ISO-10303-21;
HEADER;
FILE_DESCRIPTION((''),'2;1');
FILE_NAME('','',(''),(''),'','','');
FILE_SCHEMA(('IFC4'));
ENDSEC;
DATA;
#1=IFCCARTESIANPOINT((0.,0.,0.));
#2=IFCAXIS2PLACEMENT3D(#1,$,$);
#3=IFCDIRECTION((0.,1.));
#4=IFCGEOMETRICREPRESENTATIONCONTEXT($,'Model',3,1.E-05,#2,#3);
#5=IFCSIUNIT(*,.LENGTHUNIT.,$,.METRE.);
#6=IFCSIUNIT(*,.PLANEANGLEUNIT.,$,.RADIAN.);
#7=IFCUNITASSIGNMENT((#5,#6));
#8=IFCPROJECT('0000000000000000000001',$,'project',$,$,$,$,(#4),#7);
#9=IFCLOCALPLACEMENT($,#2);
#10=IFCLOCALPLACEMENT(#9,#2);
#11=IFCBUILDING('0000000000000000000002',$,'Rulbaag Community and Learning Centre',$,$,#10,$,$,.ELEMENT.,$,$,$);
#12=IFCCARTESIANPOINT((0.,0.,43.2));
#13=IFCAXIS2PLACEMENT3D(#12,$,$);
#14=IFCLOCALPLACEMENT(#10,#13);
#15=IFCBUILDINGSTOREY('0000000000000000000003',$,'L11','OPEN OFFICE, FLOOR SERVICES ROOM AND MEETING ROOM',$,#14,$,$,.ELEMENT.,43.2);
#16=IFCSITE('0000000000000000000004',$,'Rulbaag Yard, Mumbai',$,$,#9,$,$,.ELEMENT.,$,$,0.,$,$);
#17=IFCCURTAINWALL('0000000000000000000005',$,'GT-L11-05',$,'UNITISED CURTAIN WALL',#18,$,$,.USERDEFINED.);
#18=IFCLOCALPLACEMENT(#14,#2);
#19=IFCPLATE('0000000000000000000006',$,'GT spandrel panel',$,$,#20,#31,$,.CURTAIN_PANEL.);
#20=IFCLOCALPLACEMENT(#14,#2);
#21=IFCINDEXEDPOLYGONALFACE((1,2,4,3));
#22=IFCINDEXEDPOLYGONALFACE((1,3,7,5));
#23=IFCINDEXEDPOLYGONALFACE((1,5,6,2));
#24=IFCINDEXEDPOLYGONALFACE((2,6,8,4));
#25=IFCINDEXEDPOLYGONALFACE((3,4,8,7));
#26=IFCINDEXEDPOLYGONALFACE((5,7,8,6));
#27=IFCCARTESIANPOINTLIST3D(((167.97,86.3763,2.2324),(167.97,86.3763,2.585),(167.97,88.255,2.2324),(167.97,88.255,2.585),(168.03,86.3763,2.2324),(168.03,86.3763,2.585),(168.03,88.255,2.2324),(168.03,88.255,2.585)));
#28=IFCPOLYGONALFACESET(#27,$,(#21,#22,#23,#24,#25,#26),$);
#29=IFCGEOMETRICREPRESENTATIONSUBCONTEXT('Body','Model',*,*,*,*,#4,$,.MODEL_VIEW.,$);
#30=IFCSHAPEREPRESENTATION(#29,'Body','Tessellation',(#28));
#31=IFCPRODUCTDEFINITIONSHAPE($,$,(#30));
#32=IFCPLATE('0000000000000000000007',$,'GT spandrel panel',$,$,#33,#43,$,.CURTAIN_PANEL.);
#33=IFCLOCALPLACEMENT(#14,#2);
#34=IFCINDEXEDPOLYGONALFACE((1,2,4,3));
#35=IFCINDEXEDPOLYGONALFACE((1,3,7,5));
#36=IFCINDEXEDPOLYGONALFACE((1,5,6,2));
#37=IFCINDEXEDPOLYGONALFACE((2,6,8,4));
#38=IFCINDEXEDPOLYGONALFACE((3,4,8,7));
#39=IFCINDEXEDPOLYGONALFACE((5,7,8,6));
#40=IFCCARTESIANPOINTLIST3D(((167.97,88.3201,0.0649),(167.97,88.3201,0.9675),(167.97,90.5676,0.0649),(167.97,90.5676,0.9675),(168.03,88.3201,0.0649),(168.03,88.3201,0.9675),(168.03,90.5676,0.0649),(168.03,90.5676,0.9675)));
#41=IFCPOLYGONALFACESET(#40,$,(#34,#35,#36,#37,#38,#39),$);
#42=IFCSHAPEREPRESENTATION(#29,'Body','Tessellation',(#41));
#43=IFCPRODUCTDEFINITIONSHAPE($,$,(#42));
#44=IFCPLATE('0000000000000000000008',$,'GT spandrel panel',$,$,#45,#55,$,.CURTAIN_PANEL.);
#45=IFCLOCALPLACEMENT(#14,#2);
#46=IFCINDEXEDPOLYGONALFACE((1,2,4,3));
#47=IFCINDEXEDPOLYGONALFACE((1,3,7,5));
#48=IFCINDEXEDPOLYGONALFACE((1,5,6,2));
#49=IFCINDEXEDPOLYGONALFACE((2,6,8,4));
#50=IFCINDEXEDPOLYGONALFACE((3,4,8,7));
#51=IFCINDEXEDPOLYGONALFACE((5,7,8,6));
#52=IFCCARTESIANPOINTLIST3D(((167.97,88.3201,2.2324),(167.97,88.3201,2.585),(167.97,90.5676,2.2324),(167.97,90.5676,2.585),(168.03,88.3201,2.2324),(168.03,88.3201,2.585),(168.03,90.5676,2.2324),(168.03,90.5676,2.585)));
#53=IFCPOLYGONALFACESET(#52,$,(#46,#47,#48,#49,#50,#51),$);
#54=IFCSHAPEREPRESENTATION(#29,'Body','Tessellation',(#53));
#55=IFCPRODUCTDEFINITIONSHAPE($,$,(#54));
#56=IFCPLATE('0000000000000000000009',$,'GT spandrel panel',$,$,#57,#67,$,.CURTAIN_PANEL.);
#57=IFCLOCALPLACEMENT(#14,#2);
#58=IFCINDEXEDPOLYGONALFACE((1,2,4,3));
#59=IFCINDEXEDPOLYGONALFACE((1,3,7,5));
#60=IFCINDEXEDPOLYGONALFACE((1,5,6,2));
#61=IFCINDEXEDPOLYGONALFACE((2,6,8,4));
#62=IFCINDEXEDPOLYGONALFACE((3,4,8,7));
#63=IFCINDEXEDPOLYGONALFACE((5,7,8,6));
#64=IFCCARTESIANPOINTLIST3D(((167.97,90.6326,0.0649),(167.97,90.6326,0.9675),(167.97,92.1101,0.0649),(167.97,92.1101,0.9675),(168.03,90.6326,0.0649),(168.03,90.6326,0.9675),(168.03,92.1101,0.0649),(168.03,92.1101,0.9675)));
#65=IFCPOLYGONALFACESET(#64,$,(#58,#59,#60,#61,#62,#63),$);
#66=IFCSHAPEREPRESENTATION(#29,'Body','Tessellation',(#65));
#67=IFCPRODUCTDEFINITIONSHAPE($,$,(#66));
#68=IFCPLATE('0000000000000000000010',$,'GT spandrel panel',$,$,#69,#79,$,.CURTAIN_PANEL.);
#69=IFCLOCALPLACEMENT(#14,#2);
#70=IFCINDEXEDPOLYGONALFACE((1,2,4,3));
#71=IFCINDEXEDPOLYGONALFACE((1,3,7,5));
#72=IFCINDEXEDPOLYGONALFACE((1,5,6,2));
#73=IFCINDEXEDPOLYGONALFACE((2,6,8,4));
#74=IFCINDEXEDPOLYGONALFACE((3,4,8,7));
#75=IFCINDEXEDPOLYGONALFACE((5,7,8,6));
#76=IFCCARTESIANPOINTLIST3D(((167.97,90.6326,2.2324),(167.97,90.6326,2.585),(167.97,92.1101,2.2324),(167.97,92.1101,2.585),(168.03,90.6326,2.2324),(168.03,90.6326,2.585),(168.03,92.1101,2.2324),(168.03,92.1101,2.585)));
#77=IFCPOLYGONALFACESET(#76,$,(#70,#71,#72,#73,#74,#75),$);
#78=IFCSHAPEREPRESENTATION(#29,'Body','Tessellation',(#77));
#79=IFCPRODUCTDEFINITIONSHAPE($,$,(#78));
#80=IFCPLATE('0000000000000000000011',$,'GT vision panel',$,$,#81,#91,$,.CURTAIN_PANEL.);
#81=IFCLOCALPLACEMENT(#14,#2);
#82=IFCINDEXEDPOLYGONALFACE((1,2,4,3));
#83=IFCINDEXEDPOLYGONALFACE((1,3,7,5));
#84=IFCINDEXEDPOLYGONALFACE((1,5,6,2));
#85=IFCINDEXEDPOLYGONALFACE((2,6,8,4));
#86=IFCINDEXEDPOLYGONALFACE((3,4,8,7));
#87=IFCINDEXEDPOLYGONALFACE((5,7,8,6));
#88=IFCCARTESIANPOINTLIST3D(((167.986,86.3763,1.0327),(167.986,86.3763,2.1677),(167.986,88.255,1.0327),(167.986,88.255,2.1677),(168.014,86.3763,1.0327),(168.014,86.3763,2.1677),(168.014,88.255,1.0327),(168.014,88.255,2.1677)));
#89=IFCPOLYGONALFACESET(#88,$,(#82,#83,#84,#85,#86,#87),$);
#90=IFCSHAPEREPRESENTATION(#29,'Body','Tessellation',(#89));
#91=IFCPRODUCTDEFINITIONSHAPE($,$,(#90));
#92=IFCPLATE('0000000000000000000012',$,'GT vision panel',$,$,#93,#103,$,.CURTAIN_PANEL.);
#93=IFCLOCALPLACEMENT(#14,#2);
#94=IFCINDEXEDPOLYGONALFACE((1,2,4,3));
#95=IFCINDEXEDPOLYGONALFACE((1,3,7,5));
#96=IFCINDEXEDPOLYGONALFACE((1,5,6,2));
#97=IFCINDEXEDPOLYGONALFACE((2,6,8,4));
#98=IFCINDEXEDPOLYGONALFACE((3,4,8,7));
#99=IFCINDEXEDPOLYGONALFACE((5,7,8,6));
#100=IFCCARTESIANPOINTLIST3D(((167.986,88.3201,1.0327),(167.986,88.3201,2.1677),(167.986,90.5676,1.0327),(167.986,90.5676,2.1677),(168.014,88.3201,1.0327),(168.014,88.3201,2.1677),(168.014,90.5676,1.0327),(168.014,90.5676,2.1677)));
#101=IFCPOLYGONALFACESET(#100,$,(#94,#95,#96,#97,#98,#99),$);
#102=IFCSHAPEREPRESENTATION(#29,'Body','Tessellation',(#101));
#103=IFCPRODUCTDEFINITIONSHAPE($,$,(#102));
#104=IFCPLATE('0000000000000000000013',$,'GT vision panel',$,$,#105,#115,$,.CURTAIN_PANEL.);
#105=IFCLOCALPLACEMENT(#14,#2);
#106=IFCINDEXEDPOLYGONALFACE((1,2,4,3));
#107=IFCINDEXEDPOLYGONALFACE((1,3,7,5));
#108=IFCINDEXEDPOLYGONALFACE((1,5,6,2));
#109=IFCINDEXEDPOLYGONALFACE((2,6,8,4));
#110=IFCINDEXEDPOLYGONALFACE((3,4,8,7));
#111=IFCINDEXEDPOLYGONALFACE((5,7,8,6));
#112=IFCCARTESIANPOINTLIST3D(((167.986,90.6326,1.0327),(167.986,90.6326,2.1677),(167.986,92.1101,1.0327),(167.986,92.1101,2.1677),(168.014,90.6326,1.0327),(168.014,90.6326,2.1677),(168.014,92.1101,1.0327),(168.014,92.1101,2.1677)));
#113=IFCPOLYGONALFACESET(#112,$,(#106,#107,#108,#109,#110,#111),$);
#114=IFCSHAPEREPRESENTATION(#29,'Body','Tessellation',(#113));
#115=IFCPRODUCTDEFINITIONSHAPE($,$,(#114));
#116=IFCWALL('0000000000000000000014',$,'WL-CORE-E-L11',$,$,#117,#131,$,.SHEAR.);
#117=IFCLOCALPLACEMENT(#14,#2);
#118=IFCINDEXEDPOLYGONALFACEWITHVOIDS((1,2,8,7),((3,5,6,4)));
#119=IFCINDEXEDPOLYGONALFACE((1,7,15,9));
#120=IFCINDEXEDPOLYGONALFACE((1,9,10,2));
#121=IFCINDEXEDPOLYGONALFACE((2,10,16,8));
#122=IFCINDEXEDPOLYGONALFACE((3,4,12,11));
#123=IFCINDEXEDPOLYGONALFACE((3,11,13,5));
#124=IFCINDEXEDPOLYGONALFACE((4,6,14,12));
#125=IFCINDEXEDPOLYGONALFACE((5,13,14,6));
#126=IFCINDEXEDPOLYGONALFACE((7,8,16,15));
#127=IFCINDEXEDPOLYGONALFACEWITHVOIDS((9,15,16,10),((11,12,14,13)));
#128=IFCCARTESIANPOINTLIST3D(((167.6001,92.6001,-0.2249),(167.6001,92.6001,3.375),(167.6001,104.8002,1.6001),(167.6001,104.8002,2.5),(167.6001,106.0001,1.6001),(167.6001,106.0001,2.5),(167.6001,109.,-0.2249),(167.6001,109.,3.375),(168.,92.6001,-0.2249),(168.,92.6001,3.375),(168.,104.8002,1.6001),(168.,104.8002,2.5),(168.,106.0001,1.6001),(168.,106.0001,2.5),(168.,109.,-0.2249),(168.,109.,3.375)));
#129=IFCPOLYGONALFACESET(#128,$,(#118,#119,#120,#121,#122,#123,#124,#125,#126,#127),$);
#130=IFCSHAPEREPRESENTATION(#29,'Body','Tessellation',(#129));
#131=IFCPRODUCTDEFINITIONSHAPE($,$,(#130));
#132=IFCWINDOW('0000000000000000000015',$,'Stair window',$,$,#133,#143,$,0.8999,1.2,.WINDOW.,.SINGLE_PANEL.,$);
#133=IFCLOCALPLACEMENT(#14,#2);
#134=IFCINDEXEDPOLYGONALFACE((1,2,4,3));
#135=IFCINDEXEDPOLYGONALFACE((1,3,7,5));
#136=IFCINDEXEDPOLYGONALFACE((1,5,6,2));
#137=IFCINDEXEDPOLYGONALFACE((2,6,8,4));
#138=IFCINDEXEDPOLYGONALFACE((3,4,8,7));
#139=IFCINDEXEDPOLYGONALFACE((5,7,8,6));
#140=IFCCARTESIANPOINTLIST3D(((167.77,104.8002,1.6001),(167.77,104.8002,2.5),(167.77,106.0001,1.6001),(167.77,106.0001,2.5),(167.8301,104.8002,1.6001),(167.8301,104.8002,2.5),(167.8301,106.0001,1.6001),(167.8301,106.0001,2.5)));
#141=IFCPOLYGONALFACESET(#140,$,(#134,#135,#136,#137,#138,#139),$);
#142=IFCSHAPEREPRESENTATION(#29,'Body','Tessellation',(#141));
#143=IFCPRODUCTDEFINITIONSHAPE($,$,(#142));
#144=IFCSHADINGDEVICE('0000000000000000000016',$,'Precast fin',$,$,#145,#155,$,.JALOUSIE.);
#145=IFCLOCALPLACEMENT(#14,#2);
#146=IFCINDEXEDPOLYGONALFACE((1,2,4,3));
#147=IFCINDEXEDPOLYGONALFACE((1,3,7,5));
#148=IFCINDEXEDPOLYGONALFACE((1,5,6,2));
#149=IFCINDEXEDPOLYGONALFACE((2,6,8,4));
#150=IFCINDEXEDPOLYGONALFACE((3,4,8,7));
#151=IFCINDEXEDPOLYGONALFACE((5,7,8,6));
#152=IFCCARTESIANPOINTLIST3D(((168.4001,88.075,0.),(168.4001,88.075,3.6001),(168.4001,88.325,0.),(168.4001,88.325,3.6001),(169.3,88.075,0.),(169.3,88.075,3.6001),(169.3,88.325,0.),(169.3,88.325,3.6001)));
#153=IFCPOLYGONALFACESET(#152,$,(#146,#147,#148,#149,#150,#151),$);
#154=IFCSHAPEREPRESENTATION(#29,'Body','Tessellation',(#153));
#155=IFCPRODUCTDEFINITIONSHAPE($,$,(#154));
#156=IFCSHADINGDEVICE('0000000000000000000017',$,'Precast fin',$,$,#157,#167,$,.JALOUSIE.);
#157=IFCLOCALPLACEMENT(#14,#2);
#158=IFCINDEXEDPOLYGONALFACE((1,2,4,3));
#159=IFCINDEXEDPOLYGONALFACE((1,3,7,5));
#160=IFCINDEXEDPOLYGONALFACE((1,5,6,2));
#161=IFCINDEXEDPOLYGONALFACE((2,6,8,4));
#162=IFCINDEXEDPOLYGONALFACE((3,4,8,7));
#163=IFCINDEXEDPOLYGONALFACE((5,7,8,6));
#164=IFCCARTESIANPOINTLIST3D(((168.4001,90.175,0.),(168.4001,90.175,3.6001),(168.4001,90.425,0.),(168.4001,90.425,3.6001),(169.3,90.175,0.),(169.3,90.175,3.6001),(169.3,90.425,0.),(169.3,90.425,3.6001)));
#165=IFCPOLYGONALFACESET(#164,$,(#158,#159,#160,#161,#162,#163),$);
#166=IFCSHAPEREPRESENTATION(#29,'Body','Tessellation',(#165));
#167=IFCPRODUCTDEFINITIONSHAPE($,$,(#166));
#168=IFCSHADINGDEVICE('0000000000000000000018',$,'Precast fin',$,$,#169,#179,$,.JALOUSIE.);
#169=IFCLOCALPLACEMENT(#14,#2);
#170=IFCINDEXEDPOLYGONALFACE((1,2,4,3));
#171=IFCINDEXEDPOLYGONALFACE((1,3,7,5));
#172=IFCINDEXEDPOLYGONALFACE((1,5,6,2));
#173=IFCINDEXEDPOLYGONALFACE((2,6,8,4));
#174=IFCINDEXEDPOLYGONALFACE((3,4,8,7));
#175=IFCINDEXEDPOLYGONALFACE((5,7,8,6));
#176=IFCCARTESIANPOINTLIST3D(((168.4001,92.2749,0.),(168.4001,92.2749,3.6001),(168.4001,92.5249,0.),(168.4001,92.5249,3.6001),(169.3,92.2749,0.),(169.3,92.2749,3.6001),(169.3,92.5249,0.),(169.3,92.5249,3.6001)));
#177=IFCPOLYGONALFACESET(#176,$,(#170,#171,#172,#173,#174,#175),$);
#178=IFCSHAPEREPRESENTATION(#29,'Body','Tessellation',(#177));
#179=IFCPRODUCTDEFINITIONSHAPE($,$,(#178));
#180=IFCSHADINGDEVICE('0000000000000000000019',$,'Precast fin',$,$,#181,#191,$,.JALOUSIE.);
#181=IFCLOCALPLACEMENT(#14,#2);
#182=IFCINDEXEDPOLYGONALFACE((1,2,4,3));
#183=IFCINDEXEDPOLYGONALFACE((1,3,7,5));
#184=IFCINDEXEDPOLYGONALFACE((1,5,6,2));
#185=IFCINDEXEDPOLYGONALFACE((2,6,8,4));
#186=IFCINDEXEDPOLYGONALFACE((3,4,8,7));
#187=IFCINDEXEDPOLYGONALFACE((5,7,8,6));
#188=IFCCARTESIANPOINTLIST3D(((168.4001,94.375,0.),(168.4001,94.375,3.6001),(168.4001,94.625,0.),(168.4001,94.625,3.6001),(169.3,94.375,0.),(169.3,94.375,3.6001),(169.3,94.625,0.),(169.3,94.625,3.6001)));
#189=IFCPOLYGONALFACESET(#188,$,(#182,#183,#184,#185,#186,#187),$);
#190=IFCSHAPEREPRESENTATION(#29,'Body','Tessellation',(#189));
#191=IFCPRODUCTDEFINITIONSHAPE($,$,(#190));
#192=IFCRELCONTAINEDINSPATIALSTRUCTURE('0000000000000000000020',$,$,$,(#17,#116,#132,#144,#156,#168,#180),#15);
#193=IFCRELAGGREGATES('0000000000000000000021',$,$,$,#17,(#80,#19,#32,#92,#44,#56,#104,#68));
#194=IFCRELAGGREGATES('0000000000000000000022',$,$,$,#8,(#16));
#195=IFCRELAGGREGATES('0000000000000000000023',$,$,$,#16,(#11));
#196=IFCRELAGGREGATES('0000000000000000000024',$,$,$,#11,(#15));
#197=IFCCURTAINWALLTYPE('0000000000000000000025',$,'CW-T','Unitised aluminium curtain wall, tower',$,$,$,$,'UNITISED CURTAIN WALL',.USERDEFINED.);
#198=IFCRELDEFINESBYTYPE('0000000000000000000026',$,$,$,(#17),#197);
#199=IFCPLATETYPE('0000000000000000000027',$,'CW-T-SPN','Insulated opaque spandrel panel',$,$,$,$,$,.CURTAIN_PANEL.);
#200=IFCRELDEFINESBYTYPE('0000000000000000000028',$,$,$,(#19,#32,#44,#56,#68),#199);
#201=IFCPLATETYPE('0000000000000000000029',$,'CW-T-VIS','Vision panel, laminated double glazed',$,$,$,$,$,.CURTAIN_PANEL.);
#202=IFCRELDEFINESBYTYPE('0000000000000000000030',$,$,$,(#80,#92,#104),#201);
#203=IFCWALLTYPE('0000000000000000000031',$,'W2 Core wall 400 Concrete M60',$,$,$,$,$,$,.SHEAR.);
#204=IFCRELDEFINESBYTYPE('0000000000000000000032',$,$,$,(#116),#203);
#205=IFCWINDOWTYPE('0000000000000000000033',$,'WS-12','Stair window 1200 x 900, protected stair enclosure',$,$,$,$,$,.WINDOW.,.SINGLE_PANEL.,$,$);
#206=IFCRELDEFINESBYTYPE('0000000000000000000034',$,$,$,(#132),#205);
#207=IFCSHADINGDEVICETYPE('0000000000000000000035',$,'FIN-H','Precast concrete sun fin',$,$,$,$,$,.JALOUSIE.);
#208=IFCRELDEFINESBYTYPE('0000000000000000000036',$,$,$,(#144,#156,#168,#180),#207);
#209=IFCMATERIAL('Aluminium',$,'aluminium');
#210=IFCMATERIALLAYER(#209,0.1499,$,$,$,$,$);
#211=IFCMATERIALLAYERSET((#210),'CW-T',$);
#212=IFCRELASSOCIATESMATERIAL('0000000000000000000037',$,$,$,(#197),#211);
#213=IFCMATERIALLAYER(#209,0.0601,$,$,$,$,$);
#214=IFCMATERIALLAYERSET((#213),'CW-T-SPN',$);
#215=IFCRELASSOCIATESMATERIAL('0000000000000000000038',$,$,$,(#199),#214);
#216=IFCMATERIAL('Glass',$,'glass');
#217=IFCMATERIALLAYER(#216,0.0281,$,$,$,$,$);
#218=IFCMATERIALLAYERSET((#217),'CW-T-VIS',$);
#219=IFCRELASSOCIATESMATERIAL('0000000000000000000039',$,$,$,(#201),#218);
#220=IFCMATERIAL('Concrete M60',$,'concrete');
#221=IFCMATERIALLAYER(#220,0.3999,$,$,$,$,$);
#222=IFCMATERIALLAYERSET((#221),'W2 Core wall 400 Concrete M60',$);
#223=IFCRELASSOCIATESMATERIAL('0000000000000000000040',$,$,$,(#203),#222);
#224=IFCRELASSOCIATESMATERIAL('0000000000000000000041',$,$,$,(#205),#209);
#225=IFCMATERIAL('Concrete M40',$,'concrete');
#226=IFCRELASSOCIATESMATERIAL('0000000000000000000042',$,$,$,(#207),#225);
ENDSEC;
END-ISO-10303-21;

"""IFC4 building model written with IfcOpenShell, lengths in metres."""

from ifc_helpers import new_model, si_unit, direction, frame, frame_2d, origin, origin_2d, place, context, subcontext, project, spatial, rectangle, extrude, material, layer, layer_set, material_profile, profile_set, type_object, element, fill, aggregate, save


model = new_model("IFC4")

# Units and contexts
model_context = context("Model", 3, precision=1e-05, world=origin(), true_north=direction((0.0, 1.0)))
body_context = subcontext(model_context, "Body", "Model", "MODEL_VIEW")
ifc_project = project(units=[si_unit("LENGTHUNIT", "METRE"), si_unit("PLANEANGLEUNIT", "RADIAN")], contexts=[model_context])

# Site, building, storey
site_placement = place(None, origin())
site = spatial("IfcSite", under=ifc_project, at=site_placement, Name="Rulbaag Yard, Mumbai", CompositionType="ELEMENT", RefElevation=0.0)
building_placement = place(site_placement, origin())
building = spatial("IfcBuilding", under=site, at=building_placement, Name="Rulbaag Community and Learning Centre", CompositionType="ELEMENT")
storey_placement = place(building_placement, frame((0.0, 0.0, 43.2)))
storey = spatial("IfcBuildingStorey", under=building, at=storey_placement, Name="L11", Description="OPEN OFFICE, FLOOR SERVICES ROOM AND MEETING ROOM", CompositionType="ELEMENT", Elevation=43.2)

# Curtain wall, plates
ifc_material_1 = material(Name="Aluminium", Category="aluminium")
ifc_layer_1 = layer(ifc_material_1, 0.1499)
ifc_layer_set_1 = layer_set([ifc_layer_1], Name="CW-T")
curtain_wall_type = type_object("IfcCurtainWallType", Name="CW-T", Description="Unitised aluminium curtain wall, tower", ElementType="UNITISED CURTAIN WALL", PredefinedType="USERDEFINED", material=ifc_layer_set_1)
curtain_wall_placement = place(storey_placement, origin())
curtain_wall = element("IfcCurtainWall", 1, at=curtain_wall_placement, inside=storey, type_object=curtain_wall_type, Name="GT-L11-05", ObjectType="UNITISED CURTAIN WALL", PredefinedType="USERDEFINED")
ifc_layer_2 = layer(ifc_material_1, 0.0601)
ifc_layer_set_2 = layer_set([ifc_layer_2], Name="CW-T-SPN")
plate_type_1 = type_object("IfcPlateType", Name="CW-T-SPN", Description="Insulated opaque spandrel panel", PredefinedType="CURTAIN_PANEL", material=ifc_layer_set_2)
plate_1_placement = place(storey_placement, frame((168.0, 87.3157, 2.2324), z_axis=(0.0, 0.0, 1.0), x_axis=(0.0, 1.0, 0.0)))
plate_1 = element("IfcPlate", 2, at=plate_1_placement, type_object=plate_type_1, Name="GT spandrel panel", PredefinedType="CURTAIN_PANEL", context=body_context, shape_type="SweptSolid", body=[
    extrude(rectangle(XDim=1.8787, YDim=0.0601, at=origin_2d()), origin(), (0.0, 0.0, 1.0), 0.3525),
])
plate_2_placement = place(storey_placement, frame((168.0, 89.4438, 0.0649), z_axis=(0.0, 0.0, 1.0), x_axis=(0.0, 1.0, 0.0)))
plate_2 = element("IfcPlate", 3, at=plate_2_placement, type_object=plate_type_1, Name="GT spandrel panel", PredefinedType="CURTAIN_PANEL", context=body_context, shape_type="SweptSolid", body=[
    extrude(rectangle(XDim=2.2476, YDim=0.0601, at=origin_2d()), origin(), (0.0, 0.0, 1.0), 0.9026),
])
plate_3_placement = place(storey_placement, frame((168.0, 89.4438, 2.2324), z_axis=(0.0, 0.0, 1.0), x_axis=(0.0, 1.0, 0.0)))
plate_3 = element("IfcPlate", 4, at=plate_3_placement, type_object=plate_type_1, Name="GT spandrel panel", PredefinedType="CURTAIN_PANEL", context=body_context, shape_type="SweptSolid", body=[
    extrude(rectangle(XDim=2.2476, YDim=0.0601, at=origin_2d()), origin(), (0.0, 0.0, 1.0), 0.3525),
])
plate_4_placement = place(storey_placement, frame((168.0, 91.3713, 0.0649), z_axis=(0.0, 0.0, 1.0), x_axis=(0.0, 1.0, 0.0)))
plate_4 = element("IfcPlate", 5, at=plate_4_placement, type_object=plate_type_1, Name="GT spandrel panel", PredefinedType="CURTAIN_PANEL", context=body_context, shape_type="SweptSolid", body=[
    extrude(rectangle(XDim=1.4775, YDim=0.0601, at=origin_2d()), origin(), (0.0, 0.0, 1.0), 0.9026),
])
plate_5_placement = place(storey_placement, frame((168.0, 91.3713, 2.2324), z_axis=(0.0, 0.0, 1.0), x_axis=(0.0, 1.0, 0.0)))
plate_5 = element("IfcPlate", 6, at=plate_5_placement, type_object=plate_type_1, Name="GT spandrel panel", PredefinedType="CURTAIN_PANEL", context=body_context, shape_type="SweptSolid", body=[
    extrude(rectangle(XDim=1.4775, YDim=0.0601, at=origin_2d()), origin(), (0.0, 0.0, 1.0), 0.3525),
])
ifc_material_2 = material(Name="Glass", Category="glass")
ifc_layer_3 = layer(ifc_material_2, 0.0281)
ifc_layer_set_3 = layer_set([ifc_layer_3], Name="CW-T-VIS")
plate_type_2 = type_object("IfcPlateType", Name="CW-T-VIS", Description="Vision panel, laminated double glazed", PredefinedType="CURTAIN_PANEL", material=ifc_layer_set_3)
plate_6_placement = place(storey_placement, frame((168.0, 87.3157, 1.0327), z_axis=(0.0, 0.0, 1.0), x_axis=(0.0, 1.0, 0.0)))
plate_6 = element("IfcPlate", 7, at=plate_6_placement, type_object=plate_type_2, Name="GT vision panel", PredefinedType="CURTAIN_PANEL", context=body_context, shape_type="SweptSolid", body=[
    extrude(rectangle(XDim=1.8787, YDim=0.0281, at=origin_2d()), origin(), (0.0, 0.0, 1.0), 1.135),
])
plate_7_placement = place(storey_placement, frame((168.0, 89.4438, 1.0327), z_axis=(0.0, 0.0, 1.0), x_axis=(0.0, 1.0, 0.0)))
plate_7 = element("IfcPlate", 8, at=plate_7_placement, type_object=plate_type_2, Name="GT vision panel", PredefinedType="CURTAIN_PANEL", context=body_context, shape_type="SweptSolid", body=[
    extrude(rectangle(XDim=2.2476, YDim=0.0281, at=origin_2d()), origin(), (0.0, 0.0, 1.0), 1.135),
])
plate_8_placement = place(storey_placement, frame((168.0, 91.3713, 1.0327), z_axis=(0.0, 0.0, 1.0), x_axis=(0.0, 1.0, 0.0)))
plate_8 = element("IfcPlate", 9, at=plate_8_placement, type_object=plate_type_2, Name="GT vision panel", PredefinedType="CURTAIN_PANEL", context=body_context, shape_type="SweptSolid", body=[
    extrude(rectangle(XDim=1.4775, YDim=0.0281, at=origin_2d()), origin(), (0.0, 0.0, 1.0), 1.135),
])
aggregate(curtain_wall, [plate_6, plate_1, plate_2, plate_7, plate_3, plate_4, plate_8, plate_5])

# Wall, opening, window
ifc_material_3 = material(Name="Concrete M60", Category="concrete")
ifc_layer_4 = layer(ifc_material_3, 0.3999)
ifc_layer_set_4 = layer_set([ifc_layer_4], Name="W2 Core wall 400 Concrete M60")
wall_type = type_object("IfcWallType", Name="W2 Core wall 400 Concrete M60", PredefinedType="SHEAR", material=ifc_layer_set_4)
wall_placement = place(storey_placement, frame((167.8, 92.6001, -0.2249), z_axis=(0.0, 0.0, 1.0), x_axis=(0.0, 1.0, 0.0)))
wall = element("IfcWall", 10, at=wall_placement, inside=storey, type_object=wall_type, Name="WL-CORE-E-L11", PredefinedType="SHEAR", context=body_context, shape_type="SweptSolid", body=[
    extrude(rectangle(XDim=16.3999, YDim=0.3999, at=frame_2d((8.2, 0.0))), origin(), (0.0, 0.0, 1.0), 3.5999),
])
opening_placement = place(wall_placement, frame((12.2, 0.0, 1.825)))
opening = element("IfcOpeningElement", 11, at=opening_placement, cuts=wall, PredefinedType="OPENING", context=body_context, shape_type="SweptSolid", body=[
    extrude(rectangle(XDim=1.2, YDim=0.8999, at=frame_2d((0.6001, 0.45))), frame((0.0, 0.21, 0.0), z_axis=(0.0, -1.0, 0.0), x_axis=(1.0, 0.0, 0.0)), (0.0, 0.0, 1.0), 0.4199),
])
window_type = type_object("IfcWindowType", Name="WS-12", Description="Stair window 1200 x 900, protected stair enclosure", PartitioningType="SINGLE_PANEL", PredefinedType="WINDOW", material=ifc_material_1)
window_placement = place(opening_placement, origin())
window = element("IfcWindow", 12, at=window_placement, inside=storey, type_object=window_type, Name="Stair window", OverallHeight=0.8999, OverallWidth=1.2, PartitioningType="SINGLE_PANEL", PredefinedType="WINDOW", context=body_context, shape_type="SweptSolid", body=[
    extrude(rectangle(XDim=1.2, YDim=0.8999, at=frame_2d((0.6001, 0.45))), frame((0.0, 0.03, 0.0), z_axis=(0.0, -1.0, 0.0), x_axis=(1.0, 0.0, 0.0)), (0.0, 0.0, 1.0), 0.0601),
])
fill(opening, window)

# Shading devices
ifc_material_4 = material(Name="Concrete M40", Category="concrete")
ifc_material_profile_1 = material_profile(ifc_material_4, rectangle(XDim=0.25, YDim=0.8999, at=origin_2d()), Name="PC 250x900")
ifc_profile_set_1 = profile_set([ifc_material_profile_1], Name="Concrete M40")
shading_device_type = type_object("IfcShadingDeviceType", Name="FIN-H", Description="Precast concrete sun fin", PredefinedType="JALOUSIE", material=ifc_profile_set_1)
for number, where, z_axis, x_axis, name in (
    (13, (168.8501, 88.2, 0.0), (0.0, 0.0, 1.0), (0.0, 1.0, 0.0), "Precast fin"),
    (14, (168.8501, 90.3, 0.0), (0.0, 0.0, 1.0), (0.0, 1.0, 0.0), "Precast fin"),
    (15, (168.8501, 92.3999, 0.0), (0.0, 0.0, 1.0), (0.0, 1.0, 0.0), "Precast fin"),
    (16, (168.8501, 94.5, 0.0), (0.0, 0.0, 1.0), (0.0, 1.0, 0.0), "Precast fin"),
):
    element("IfcShadingDevice", number, at=place(storey_placement, frame(where, z_axis=z_axis, x_axis=x_axis)), inside=storey, type_object=shading_device_type, Name=name, PredefinedType="JALOUSIE", context=body_context, shape_type="SweptSolid", body=[
        extrude(rectangle(XDim=0.25, YDim=0.8999, at=origin_2d()), origin(), (0.0, 0.0, 1.0), 3.6001),
    ])

save(model, "model.ifc")
